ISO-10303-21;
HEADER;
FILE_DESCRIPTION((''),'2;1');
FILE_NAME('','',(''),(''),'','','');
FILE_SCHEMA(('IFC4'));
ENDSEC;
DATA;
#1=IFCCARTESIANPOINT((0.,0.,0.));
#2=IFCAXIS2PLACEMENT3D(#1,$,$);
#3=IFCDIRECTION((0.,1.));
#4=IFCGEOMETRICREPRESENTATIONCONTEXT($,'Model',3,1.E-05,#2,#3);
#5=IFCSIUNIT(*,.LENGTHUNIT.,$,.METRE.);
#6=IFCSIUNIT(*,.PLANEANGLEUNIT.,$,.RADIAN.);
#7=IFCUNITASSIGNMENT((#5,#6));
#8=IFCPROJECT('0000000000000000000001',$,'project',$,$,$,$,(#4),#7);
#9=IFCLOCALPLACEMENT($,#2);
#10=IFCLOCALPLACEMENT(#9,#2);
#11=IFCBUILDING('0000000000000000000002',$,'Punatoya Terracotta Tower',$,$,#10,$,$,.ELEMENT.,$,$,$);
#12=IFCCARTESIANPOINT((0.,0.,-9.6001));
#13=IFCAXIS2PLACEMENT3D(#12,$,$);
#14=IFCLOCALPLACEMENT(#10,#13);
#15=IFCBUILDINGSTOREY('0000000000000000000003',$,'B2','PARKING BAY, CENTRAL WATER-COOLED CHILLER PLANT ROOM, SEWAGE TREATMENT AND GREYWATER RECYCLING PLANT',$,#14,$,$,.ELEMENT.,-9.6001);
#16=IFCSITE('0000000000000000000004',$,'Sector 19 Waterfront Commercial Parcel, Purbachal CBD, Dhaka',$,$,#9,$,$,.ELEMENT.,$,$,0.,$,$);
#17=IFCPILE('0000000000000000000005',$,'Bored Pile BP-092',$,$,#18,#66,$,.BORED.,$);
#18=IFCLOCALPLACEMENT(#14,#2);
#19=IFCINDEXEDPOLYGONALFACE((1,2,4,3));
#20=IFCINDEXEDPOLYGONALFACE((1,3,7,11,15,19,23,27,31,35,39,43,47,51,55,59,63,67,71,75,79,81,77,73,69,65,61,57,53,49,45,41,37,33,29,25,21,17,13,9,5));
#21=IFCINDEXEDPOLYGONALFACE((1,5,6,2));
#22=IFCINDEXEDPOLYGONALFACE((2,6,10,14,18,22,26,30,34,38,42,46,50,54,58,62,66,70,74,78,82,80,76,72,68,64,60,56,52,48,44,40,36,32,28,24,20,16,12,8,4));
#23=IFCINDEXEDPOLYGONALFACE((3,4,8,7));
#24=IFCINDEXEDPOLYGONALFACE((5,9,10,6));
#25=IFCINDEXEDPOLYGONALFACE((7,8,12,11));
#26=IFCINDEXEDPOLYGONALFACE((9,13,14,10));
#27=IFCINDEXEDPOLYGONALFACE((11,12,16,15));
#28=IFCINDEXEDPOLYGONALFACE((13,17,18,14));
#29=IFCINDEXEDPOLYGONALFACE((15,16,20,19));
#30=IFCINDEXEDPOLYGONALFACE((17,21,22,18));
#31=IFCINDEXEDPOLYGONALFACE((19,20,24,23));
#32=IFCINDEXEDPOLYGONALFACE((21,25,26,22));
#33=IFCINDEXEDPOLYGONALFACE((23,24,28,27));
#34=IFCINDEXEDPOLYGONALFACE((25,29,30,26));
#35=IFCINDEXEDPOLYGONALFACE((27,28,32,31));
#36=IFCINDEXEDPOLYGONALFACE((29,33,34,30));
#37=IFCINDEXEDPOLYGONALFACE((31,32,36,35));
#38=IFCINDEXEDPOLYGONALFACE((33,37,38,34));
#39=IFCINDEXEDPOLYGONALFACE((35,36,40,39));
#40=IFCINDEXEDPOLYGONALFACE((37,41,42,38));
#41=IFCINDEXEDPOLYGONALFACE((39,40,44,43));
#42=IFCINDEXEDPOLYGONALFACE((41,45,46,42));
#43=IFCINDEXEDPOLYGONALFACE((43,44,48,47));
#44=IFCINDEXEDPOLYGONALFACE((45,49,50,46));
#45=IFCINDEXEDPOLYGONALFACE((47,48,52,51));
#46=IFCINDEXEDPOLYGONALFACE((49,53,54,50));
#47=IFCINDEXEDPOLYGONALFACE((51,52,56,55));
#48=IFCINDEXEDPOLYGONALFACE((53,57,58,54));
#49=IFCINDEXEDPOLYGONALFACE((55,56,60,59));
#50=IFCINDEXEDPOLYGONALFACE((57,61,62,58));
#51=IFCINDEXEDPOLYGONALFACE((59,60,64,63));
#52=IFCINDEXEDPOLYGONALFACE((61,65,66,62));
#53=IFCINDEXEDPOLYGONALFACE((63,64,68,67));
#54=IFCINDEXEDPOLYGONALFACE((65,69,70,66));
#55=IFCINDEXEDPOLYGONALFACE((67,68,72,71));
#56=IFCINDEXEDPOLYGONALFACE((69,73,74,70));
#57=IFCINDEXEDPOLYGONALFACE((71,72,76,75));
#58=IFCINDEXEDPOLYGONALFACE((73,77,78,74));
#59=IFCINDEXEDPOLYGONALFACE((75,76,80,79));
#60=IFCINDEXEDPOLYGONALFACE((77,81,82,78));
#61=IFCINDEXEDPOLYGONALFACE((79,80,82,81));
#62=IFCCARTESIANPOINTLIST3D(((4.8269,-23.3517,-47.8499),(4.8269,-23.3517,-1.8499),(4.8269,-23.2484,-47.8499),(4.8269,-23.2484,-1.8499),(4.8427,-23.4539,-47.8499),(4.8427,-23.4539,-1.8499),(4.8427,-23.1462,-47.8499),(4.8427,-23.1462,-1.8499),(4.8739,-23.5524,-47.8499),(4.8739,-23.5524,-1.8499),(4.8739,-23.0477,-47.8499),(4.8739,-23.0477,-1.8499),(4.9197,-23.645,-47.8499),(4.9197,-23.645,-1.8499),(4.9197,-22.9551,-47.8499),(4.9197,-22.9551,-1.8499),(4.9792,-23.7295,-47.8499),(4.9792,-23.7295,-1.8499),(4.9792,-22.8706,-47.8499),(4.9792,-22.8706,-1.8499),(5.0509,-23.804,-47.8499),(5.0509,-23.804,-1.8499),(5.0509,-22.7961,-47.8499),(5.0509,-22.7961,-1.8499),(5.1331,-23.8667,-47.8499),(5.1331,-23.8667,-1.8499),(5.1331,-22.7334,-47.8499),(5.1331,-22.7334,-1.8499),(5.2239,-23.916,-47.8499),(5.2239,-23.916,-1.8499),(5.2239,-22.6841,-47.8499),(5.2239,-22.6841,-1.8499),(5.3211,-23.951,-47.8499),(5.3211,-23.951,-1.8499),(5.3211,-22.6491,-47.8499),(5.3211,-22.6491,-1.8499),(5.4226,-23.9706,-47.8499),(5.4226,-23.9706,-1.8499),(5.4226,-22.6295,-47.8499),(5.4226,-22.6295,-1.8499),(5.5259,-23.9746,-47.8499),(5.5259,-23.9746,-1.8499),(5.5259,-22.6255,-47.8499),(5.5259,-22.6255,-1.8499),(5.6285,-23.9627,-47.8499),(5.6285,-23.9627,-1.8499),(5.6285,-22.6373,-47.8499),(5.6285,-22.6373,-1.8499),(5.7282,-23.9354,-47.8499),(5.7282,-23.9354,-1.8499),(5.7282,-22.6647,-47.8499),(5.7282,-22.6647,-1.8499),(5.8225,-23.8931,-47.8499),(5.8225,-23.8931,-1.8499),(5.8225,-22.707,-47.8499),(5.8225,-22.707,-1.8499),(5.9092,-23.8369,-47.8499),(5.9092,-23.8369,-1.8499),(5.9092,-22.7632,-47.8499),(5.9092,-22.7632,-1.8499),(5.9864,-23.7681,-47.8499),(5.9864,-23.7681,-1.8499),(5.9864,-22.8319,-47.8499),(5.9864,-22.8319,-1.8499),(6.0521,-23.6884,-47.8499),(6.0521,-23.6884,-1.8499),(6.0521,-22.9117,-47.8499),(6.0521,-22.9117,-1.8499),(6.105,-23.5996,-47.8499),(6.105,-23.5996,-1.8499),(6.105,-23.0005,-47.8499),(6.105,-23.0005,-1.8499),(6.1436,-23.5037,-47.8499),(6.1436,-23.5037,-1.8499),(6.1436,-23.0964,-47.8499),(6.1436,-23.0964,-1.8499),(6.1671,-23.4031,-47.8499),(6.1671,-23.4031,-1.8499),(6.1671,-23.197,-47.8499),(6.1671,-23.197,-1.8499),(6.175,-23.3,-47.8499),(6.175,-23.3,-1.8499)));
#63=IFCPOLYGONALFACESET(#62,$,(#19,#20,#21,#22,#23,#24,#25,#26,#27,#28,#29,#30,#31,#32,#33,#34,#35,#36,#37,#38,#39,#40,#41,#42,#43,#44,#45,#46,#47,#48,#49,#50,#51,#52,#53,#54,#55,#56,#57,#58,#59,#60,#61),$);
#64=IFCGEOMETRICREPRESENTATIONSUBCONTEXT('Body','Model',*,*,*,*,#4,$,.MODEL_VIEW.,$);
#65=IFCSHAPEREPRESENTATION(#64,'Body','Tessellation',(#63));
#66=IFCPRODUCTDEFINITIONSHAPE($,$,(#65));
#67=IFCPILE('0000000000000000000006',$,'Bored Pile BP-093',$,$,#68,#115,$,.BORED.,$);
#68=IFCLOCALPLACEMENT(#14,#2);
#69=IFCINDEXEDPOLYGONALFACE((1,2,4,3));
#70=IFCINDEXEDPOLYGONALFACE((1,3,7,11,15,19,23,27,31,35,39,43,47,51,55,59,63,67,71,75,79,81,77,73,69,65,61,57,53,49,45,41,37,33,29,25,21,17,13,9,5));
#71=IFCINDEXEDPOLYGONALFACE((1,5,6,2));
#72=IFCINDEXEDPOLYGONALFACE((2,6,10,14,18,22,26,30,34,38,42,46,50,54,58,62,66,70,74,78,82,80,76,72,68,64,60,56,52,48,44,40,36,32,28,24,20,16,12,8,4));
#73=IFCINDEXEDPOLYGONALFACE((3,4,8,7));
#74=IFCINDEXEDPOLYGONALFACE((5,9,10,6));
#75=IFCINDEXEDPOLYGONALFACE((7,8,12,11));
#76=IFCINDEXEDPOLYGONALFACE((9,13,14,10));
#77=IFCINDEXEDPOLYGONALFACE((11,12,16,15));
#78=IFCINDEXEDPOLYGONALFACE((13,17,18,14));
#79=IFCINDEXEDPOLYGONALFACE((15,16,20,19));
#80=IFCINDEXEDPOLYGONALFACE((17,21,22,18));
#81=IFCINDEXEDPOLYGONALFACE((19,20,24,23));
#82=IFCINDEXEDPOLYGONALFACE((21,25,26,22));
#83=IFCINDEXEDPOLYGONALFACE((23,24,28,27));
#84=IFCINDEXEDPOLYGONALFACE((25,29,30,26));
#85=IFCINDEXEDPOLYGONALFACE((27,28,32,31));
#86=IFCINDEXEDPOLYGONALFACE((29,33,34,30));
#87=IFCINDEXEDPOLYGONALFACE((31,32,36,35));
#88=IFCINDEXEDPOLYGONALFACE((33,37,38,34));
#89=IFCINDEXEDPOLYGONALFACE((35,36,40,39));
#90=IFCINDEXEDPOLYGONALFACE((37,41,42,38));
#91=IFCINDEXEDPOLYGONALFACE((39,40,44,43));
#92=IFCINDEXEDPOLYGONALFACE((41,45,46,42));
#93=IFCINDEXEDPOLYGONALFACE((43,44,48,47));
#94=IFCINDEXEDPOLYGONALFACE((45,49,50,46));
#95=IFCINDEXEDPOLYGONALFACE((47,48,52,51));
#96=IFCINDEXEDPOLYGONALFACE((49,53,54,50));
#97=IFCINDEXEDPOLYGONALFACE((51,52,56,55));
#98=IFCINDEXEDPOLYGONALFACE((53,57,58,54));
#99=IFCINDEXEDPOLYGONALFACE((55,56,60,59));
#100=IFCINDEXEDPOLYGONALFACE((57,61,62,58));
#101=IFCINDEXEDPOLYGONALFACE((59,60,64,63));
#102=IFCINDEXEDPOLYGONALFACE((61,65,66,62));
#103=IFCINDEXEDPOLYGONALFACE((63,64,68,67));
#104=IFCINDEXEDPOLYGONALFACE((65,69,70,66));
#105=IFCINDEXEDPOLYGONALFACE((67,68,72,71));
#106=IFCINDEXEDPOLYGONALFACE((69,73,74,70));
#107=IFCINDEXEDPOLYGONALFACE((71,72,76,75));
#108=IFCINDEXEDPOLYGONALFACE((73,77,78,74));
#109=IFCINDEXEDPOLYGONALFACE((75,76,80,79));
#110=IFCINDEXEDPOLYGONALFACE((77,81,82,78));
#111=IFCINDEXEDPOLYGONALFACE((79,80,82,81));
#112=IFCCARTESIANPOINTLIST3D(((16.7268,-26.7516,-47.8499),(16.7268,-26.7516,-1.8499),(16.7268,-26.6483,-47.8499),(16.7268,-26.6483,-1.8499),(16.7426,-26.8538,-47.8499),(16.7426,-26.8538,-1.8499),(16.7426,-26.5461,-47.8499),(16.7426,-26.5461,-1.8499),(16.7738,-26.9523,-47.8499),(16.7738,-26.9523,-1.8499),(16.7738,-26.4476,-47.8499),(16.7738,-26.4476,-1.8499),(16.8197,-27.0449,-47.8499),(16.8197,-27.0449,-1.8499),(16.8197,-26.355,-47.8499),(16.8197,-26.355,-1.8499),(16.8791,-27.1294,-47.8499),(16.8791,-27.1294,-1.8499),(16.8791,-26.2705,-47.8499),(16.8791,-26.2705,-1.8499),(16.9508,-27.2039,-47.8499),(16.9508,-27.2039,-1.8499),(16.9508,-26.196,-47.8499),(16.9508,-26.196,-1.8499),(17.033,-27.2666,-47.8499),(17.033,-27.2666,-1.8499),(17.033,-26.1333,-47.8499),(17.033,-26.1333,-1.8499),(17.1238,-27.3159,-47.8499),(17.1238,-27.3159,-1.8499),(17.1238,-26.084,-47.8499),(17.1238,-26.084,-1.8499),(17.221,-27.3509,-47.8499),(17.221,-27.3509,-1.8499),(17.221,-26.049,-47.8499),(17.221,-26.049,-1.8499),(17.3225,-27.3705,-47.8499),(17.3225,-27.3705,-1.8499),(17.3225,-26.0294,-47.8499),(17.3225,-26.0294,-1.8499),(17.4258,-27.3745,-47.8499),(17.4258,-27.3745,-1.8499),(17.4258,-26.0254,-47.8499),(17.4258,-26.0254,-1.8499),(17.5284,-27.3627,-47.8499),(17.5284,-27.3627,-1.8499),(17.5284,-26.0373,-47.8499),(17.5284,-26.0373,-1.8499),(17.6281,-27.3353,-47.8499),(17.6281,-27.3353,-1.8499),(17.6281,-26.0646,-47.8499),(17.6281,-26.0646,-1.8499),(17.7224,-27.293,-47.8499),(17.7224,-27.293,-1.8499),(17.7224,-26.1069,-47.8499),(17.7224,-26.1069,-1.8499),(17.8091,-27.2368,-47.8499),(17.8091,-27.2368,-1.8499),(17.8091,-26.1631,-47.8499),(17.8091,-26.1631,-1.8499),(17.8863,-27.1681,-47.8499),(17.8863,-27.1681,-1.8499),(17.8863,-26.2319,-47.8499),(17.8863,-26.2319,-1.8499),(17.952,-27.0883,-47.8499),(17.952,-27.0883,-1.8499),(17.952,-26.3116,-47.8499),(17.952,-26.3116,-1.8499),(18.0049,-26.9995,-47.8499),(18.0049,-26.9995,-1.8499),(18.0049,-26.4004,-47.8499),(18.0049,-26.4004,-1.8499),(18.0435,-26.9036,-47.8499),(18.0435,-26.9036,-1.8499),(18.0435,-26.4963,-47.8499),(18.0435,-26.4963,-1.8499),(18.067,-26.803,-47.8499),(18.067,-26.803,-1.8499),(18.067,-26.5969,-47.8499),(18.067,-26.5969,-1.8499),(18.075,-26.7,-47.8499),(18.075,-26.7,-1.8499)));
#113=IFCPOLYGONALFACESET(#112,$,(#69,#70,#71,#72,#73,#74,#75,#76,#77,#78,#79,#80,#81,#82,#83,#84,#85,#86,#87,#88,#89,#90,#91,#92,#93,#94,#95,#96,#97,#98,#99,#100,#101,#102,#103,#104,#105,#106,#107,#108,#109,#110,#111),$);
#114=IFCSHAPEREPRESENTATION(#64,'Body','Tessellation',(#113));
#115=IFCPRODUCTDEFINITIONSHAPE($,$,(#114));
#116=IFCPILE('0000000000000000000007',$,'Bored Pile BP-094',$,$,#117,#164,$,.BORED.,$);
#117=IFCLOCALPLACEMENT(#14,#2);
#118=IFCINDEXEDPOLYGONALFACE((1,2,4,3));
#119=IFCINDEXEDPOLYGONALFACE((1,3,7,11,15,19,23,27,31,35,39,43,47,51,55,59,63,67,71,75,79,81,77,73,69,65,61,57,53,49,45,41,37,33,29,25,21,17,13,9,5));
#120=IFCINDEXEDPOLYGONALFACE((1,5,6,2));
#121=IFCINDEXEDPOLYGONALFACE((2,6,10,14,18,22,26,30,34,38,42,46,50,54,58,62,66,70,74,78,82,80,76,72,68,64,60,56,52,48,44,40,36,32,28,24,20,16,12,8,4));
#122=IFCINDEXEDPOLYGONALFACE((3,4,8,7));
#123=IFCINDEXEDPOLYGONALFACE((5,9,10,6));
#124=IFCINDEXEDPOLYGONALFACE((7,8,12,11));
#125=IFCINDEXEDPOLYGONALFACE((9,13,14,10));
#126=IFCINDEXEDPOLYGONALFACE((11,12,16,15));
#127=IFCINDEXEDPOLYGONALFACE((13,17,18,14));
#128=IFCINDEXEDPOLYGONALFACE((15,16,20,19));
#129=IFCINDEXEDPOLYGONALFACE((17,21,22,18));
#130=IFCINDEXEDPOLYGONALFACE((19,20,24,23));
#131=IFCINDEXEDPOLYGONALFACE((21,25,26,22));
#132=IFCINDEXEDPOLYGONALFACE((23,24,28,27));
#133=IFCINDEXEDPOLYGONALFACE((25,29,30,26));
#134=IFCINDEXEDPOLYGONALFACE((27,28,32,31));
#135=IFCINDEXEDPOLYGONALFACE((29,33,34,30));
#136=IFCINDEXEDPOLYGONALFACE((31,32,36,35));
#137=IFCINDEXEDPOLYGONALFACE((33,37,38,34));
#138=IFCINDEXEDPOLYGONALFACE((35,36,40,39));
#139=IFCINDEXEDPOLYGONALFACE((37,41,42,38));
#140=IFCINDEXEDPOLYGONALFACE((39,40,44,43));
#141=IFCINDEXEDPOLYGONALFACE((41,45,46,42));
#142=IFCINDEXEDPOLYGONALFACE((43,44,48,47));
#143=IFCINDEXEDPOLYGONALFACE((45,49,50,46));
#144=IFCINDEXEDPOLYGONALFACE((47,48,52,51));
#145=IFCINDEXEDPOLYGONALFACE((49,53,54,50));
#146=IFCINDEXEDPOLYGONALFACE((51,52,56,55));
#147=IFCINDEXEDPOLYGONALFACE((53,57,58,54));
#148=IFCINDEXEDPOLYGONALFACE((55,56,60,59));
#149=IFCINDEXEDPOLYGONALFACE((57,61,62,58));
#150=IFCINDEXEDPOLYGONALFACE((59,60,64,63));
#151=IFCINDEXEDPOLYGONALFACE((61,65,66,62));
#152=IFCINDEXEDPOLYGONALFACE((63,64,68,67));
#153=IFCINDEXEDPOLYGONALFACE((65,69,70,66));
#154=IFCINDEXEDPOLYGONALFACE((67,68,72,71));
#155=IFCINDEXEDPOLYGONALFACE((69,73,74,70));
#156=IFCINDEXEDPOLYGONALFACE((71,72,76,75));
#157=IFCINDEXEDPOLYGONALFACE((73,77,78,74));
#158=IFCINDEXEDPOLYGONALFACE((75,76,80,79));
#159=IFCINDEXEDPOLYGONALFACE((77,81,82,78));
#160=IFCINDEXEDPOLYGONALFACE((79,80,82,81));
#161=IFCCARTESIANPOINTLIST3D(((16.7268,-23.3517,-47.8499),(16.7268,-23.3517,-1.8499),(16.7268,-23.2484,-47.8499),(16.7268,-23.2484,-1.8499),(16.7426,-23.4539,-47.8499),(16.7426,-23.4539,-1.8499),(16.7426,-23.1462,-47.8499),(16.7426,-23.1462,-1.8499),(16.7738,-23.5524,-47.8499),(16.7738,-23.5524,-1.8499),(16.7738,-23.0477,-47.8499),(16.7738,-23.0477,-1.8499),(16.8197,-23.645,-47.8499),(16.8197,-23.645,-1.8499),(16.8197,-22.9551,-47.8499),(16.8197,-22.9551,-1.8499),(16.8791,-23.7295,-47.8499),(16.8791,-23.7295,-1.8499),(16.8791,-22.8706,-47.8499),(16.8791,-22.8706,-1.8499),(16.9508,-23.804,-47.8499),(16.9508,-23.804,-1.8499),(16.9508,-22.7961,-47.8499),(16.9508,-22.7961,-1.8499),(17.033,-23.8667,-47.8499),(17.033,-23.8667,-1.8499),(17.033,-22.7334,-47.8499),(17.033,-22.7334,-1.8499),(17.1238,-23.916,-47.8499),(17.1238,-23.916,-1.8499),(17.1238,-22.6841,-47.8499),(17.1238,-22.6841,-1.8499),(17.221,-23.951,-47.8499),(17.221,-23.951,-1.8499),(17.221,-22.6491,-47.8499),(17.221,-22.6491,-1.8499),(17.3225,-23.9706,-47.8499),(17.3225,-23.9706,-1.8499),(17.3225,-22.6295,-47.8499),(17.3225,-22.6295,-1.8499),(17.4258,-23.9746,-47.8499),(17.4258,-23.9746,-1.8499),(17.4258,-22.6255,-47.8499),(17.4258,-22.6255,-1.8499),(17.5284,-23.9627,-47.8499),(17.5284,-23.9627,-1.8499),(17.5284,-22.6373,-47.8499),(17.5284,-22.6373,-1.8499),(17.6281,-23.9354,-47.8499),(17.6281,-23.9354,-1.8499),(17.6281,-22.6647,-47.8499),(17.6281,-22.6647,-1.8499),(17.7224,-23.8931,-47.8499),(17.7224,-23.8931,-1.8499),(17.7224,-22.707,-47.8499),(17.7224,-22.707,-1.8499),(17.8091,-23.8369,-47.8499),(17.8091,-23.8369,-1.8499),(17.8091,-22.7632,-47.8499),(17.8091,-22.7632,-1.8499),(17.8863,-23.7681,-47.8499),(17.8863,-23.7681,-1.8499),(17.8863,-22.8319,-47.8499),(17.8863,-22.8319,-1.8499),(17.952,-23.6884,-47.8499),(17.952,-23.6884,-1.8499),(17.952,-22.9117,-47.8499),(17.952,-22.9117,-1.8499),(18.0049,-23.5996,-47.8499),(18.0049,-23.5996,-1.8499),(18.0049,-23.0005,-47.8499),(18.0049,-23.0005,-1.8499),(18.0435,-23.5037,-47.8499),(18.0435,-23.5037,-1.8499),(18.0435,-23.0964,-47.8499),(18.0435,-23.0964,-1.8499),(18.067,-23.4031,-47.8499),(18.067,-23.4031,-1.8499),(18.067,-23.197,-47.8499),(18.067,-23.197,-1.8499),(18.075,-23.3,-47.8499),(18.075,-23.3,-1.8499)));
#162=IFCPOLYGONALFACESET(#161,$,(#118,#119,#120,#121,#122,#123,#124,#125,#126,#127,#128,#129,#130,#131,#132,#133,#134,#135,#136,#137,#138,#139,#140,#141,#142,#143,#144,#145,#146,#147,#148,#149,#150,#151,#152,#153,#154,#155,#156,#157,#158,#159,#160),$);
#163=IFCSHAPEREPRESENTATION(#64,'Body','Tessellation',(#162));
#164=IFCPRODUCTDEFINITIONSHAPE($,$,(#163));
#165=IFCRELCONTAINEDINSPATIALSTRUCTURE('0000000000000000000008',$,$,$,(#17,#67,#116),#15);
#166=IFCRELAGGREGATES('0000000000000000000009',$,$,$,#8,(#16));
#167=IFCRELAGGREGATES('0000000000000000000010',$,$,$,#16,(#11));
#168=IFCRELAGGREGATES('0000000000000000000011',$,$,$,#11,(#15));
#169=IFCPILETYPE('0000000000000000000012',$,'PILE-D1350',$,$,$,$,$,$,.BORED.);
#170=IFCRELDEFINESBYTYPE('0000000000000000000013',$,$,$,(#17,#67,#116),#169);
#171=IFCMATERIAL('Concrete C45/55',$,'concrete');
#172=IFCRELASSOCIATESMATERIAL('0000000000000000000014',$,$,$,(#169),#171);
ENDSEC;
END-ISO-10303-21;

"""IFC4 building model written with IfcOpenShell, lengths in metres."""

from ifc_helpers import new_model, si_unit, direction, frame, origin, origin_2d, place, context, subcontext, project, spatial, circle, extrude, material, material_profile, profile_set, type_object, element, save


model = new_model("IFC4")

# Units and contexts
model_context = context("Model", 3, precision=1e-05, world=origin(), true_north=direction((0.0, 1.0)))
body_context = subcontext(model_context, "Body", "Model", "MODEL_VIEW")
ifc_project = project(units=[si_unit("LENGTHUNIT", "METRE"), si_unit("PLANEANGLEUNIT", "RADIAN")], contexts=[model_context])

# Site, building, storey
site_placement = place(None, origin())
site = spatial("IfcSite", under=ifc_project, at=site_placement, Name="Sector 19 Waterfront Commercial Parcel, Purbachal CBD, Dhaka", CompositionType="ELEMENT", RefElevation=0.0)
building_placement = place(site_placement, origin())
building = spatial("IfcBuilding", under=site, at=building_placement, Name="Punatoya Terracotta Tower", CompositionType="ELEMENT")
storey_placement = place(building_placement, frame((0.0, 0.0, -9.6001)))
storey = spatial("IfcBuildingStorey", under=building, at=storey_placement, Name="B2", Description="PARKING BAY, CENTRAL WATER-COOLED CHILLER PLANT ROOM, SEWAGE TREATMENT AND GREYWATER RECYCLING PLANT", CompositionType="ELEMENT", Elevation=-9.6001)

# Shared definitions
ifc_material_1 = material(Name="Concrete C45/55", Category="concrete")

# Piles
ifc_material_profile_1 = material_profile(ifc_material_1, circle(Radius=0.675, at=origin_2d()))
ifc_profile_set_1 = profile_set([ifc_material_profile_1], Name="Concrete C45/55")
pile_type_1 = type_object("IfcPileType", Name="PILE-D1350", PredefinedType="BORED", material=ifc_profile_set_1)
for number, where, z_axis, x_axis, name in (
    (1, (5.5, -23.3, -1.8499), (0.0, 0.0, -1.0), (1.0, 0.0, 0.0), "Bored Pile BP-092"),
    (2, (17.3999, -26.7, -1.8499), (0.0, 0.0, -1.0), (1.0, 0.0, 0.0), "Bored Pile BP-093"),
    (3, (17.3999, -23.3, -1.8499), (0.0, 0.0, -1.0), (1.0, 0.0, 0.0), "Bored Pile BP-094"),
):
    element("IfcPile", number, at=place(storey_placement, frame(where, z_axis=z_axis, x_axis=x_axis)), inside=storey, type_object=pile_type_1, Name=name, PredefinedType="BORED", context=body_context, shape_type="SweptSolid", body=[
        extrude(circle(Radius=0.675, at=origin_2d()), origin(), (0.0, 0.0, 1.0), 46.0),
    ])

save(model, "model.ifc")
